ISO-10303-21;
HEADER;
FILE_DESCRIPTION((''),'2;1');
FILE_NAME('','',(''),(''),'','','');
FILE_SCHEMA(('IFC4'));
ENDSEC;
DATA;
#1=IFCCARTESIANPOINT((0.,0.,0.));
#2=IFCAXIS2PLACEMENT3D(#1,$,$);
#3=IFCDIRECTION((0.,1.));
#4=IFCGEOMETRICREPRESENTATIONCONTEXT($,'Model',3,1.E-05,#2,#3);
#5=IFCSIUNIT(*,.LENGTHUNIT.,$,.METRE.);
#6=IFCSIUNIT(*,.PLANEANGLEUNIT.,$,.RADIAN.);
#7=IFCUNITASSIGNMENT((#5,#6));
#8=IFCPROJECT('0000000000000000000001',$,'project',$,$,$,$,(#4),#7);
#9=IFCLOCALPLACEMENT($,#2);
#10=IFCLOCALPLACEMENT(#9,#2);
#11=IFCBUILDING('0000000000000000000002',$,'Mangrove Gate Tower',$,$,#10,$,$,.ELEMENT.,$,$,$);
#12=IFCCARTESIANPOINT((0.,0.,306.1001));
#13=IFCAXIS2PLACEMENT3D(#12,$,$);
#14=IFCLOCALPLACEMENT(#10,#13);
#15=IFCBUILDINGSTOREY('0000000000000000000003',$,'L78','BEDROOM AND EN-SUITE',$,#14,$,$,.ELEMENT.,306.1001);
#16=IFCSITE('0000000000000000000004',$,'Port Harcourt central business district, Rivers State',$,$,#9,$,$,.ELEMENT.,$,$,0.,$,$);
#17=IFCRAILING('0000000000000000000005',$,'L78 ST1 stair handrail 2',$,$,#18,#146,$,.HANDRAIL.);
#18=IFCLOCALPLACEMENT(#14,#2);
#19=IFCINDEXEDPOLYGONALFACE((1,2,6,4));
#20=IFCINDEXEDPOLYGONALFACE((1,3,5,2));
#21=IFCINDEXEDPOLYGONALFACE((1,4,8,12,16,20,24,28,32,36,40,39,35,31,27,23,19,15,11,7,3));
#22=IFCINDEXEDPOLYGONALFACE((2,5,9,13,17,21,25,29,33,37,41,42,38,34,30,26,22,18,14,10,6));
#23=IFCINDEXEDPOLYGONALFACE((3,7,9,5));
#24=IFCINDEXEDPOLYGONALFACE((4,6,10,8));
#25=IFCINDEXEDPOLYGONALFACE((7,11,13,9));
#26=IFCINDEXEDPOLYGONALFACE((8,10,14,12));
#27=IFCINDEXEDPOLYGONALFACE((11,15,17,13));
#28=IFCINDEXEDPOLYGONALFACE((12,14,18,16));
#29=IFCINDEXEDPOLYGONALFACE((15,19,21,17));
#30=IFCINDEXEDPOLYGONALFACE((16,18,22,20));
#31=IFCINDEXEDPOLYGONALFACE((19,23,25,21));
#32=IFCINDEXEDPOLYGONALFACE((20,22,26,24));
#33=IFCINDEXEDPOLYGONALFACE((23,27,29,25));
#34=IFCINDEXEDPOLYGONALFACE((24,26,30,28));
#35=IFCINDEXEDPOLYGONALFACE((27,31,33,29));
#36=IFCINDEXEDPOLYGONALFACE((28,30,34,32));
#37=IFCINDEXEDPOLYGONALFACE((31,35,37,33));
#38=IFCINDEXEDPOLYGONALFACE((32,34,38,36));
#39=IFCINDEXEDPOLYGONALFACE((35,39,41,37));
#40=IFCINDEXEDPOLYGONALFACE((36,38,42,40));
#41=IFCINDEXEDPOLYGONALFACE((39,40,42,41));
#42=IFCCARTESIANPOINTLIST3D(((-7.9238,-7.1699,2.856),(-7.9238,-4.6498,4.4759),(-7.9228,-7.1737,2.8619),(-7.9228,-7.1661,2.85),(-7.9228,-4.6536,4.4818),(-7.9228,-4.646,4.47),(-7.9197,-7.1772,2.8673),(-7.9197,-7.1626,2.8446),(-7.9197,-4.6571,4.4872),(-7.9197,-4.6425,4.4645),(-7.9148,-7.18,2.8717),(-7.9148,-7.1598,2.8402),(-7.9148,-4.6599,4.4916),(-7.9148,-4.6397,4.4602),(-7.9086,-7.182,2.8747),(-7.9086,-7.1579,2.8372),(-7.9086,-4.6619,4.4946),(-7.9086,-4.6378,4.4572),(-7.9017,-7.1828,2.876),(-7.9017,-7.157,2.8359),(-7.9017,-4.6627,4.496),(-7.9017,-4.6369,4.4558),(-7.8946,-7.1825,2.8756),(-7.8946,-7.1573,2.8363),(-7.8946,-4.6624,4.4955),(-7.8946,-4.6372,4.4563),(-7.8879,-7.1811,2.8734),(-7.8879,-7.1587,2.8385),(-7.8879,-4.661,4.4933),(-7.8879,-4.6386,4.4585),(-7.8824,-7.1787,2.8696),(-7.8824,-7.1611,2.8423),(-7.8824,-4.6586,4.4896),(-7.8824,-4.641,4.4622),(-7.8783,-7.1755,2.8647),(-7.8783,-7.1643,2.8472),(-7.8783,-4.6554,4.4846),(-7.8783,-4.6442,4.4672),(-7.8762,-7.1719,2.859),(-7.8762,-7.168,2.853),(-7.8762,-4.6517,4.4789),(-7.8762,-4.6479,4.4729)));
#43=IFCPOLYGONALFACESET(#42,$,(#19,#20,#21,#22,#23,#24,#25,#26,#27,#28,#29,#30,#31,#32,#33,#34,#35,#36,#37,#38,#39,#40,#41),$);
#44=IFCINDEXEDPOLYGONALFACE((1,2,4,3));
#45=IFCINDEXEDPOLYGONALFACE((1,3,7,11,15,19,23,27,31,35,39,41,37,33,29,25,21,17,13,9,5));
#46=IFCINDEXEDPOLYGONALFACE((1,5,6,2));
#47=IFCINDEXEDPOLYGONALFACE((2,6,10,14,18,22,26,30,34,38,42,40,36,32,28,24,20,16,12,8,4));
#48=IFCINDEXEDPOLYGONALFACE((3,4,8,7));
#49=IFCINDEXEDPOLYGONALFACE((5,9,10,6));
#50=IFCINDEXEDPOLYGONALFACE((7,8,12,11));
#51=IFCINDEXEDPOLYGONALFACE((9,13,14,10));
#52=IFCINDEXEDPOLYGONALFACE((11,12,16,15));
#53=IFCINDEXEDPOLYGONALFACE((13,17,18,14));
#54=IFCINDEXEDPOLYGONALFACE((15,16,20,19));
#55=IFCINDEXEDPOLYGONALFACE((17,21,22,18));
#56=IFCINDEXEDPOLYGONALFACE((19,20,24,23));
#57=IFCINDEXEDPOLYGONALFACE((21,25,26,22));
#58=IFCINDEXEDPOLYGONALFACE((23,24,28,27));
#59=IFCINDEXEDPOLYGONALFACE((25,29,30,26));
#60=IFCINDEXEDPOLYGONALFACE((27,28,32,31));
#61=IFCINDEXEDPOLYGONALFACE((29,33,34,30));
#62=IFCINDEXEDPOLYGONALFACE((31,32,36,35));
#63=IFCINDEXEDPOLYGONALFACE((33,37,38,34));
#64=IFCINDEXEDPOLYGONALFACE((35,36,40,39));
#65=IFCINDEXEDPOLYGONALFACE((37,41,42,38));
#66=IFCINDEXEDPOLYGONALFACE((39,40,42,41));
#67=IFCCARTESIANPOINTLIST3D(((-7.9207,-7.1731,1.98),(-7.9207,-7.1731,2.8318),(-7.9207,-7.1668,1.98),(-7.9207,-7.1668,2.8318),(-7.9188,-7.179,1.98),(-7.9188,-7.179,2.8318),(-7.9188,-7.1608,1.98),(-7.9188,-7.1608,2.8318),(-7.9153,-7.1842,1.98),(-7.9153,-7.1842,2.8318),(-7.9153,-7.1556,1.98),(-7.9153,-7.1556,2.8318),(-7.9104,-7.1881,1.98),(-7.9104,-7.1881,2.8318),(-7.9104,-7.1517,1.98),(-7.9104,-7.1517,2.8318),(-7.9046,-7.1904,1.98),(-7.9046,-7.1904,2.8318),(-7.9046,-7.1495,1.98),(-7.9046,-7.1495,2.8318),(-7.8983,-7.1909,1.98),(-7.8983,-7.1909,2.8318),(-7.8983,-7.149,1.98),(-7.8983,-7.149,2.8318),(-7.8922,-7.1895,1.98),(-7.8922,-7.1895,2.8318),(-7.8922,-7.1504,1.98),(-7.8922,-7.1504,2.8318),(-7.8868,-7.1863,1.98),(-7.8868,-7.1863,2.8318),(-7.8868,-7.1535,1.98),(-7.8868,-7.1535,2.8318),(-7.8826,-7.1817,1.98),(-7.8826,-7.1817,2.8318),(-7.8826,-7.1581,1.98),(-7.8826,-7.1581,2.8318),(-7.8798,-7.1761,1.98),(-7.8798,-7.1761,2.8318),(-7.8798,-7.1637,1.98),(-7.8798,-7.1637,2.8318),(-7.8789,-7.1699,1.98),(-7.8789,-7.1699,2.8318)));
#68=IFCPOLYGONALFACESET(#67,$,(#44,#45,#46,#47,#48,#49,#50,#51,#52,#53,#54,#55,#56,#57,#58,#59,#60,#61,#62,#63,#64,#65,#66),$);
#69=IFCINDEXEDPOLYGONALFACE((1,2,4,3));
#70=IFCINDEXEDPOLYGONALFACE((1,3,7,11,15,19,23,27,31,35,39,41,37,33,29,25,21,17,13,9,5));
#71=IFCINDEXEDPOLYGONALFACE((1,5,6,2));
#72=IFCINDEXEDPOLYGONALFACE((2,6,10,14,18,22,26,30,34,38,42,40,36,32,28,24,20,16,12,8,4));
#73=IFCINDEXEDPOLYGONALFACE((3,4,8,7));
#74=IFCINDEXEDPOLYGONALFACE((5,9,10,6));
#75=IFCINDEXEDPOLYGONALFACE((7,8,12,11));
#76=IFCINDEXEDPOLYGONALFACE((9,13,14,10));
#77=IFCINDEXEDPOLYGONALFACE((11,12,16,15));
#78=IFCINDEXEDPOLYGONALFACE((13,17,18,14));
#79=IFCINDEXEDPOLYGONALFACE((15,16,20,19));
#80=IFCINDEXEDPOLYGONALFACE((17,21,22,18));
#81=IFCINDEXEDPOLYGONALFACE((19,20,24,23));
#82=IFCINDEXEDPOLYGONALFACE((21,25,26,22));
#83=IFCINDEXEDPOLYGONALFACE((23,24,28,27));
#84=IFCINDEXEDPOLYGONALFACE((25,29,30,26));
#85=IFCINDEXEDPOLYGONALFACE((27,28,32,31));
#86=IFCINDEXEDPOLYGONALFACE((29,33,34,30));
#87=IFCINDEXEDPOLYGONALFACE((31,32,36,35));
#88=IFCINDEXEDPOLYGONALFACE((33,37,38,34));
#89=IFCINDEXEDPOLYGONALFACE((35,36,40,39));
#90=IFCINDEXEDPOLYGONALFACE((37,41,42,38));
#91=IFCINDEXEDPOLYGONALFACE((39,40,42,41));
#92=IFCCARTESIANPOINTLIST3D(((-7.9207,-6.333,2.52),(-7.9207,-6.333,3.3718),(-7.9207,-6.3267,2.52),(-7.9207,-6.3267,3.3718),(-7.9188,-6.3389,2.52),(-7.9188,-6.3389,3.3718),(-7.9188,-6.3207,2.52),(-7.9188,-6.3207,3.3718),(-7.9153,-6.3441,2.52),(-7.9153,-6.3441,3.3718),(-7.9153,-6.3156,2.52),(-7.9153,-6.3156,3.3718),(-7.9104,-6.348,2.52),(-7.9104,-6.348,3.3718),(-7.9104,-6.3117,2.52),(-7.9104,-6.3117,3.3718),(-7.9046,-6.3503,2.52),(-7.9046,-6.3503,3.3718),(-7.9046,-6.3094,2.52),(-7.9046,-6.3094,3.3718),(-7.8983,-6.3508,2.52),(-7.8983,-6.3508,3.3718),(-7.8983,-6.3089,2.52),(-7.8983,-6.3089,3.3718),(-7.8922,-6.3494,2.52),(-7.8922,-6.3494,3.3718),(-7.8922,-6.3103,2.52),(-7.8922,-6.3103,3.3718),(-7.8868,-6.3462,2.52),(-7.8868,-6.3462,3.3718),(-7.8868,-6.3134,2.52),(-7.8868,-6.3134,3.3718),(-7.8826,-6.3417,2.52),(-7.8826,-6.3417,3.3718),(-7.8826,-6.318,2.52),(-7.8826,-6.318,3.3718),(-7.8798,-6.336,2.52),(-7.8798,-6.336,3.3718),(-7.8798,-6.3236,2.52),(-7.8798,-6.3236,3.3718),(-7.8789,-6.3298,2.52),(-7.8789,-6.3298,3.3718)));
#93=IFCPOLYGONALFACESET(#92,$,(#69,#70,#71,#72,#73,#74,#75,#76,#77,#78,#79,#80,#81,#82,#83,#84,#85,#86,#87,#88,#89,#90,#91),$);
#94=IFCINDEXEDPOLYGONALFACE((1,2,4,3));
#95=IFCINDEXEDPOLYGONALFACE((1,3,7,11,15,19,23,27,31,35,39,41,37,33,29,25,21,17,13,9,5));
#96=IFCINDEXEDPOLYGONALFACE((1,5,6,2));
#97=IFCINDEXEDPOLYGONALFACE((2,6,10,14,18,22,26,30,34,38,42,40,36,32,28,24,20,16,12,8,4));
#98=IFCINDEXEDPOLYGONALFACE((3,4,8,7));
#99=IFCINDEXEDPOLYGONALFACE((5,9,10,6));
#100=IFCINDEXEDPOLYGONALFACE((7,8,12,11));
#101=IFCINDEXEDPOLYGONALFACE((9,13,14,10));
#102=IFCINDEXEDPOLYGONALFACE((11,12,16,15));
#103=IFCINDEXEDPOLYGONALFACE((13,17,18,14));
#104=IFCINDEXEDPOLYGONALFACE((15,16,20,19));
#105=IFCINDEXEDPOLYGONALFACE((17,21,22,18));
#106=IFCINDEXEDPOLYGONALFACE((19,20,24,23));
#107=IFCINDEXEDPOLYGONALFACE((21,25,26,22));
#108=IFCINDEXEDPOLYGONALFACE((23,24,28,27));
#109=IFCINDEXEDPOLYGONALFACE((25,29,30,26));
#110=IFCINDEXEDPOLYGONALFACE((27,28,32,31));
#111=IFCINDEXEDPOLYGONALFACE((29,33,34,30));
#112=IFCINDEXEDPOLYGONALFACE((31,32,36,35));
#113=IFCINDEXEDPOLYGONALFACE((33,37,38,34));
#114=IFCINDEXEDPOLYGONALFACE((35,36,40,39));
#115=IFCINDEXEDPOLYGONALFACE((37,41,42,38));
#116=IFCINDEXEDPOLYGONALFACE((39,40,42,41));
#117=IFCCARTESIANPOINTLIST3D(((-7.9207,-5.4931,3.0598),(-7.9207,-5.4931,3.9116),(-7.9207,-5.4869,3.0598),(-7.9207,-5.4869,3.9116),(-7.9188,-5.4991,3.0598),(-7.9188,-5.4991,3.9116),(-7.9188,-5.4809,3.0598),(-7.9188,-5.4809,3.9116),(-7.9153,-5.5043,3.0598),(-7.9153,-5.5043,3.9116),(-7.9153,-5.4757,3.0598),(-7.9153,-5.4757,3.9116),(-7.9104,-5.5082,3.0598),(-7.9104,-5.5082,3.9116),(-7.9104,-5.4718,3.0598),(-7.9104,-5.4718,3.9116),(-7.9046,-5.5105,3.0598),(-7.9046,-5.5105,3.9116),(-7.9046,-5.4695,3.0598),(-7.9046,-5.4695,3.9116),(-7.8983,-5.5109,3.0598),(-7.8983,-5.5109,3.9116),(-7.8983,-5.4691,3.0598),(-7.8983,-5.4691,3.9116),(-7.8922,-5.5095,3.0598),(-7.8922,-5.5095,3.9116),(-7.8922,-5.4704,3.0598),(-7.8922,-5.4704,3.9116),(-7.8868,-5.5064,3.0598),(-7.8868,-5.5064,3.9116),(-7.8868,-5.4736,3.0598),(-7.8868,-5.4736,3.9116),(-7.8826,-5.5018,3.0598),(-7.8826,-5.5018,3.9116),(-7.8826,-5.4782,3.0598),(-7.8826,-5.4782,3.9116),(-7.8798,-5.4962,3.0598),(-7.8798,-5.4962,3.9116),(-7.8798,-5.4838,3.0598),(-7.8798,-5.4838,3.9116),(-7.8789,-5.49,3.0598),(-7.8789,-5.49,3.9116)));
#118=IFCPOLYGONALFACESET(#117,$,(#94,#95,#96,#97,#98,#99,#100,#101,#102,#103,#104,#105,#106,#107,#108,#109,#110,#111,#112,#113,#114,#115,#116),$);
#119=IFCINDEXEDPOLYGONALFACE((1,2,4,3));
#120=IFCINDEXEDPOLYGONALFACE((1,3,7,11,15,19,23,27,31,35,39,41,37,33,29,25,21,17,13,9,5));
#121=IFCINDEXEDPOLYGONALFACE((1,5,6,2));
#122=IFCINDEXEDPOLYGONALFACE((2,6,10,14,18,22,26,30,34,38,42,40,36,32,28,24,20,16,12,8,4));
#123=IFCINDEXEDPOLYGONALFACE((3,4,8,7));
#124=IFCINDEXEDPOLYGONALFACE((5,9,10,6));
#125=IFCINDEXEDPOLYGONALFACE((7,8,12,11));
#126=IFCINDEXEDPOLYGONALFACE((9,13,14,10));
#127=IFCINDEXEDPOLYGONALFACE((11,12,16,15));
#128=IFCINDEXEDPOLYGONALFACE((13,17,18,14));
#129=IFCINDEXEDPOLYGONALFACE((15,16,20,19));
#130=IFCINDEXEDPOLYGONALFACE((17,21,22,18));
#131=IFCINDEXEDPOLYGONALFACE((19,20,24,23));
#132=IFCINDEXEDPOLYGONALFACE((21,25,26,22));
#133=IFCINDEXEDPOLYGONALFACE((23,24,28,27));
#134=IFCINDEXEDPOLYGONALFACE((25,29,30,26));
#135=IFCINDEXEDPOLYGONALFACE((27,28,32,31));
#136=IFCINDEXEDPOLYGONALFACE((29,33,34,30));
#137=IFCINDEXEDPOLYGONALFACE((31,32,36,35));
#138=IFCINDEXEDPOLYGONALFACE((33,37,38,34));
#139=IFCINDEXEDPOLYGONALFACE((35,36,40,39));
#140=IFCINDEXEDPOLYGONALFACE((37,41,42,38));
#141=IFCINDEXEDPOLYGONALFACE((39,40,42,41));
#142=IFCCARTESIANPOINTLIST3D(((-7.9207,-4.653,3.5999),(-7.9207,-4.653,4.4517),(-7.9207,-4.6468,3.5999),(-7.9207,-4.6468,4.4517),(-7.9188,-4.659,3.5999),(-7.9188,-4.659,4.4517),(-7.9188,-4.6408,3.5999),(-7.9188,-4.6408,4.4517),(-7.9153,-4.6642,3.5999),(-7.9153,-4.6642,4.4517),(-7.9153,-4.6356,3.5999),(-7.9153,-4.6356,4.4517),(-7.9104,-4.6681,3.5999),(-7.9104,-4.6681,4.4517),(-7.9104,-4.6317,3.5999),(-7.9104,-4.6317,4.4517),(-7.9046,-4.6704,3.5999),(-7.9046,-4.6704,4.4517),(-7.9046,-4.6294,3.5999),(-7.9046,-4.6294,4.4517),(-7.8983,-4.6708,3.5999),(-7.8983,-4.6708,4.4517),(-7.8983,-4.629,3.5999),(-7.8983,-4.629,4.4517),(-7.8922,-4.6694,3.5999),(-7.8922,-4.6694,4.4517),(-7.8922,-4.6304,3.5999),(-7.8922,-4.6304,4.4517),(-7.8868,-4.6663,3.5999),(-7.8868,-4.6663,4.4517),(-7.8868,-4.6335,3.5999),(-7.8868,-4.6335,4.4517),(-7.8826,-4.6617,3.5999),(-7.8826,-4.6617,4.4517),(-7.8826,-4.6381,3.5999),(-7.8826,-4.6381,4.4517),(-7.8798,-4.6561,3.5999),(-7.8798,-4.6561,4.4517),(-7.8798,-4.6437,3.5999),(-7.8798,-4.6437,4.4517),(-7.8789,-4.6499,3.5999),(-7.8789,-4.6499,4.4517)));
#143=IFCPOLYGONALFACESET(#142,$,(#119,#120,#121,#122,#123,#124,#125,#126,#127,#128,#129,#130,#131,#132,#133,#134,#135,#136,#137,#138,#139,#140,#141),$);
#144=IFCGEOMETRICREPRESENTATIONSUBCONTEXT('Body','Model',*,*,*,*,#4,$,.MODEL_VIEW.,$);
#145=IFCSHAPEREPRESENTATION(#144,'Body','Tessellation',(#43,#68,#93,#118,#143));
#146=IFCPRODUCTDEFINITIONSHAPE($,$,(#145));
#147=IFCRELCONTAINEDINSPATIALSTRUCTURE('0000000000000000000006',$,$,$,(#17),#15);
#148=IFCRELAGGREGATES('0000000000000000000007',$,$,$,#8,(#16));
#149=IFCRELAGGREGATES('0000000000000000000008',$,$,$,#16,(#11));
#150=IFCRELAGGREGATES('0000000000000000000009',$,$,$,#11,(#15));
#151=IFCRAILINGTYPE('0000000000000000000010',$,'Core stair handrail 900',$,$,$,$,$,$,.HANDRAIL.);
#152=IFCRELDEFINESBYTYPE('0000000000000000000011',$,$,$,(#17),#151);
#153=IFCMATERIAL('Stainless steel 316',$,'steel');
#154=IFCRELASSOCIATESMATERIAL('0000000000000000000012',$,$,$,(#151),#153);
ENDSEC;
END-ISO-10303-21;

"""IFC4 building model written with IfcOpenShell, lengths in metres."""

from ifc_helpers import new_model, si_unit, direction, frame, origin, origin_2d, place, context, subcontext, project, spatial, circle, extrude, material, type_object, element, save


model = new_model("IFC4")

# Units and contexts
model_context = context("Model", 3, precision=1e-05, world=origin(), true_north=direction((0.0, 1.0)))
body_context = subcontext(model_context, "Body", "Model", "MODEL_VIEW")
ifc_project = project(units=[si_unit("LENGTHUNIT", "METRE"), si_unit("PLANEANGLEUNIT", "RADIAN")], contexts=[model_context])

# Site, building, storey
site_placement = place(None, origin())
site = spatial("IfcSite", under=ifc_project, at=site_placement, Name="Port Harcourt central business district, Rivers State", CompositionType="ELEMENT", RefElevation=0.0)
building_placement = place(site_placement, origin())
building = spatial("IfcBuilding", under=site, at=building_placement, Name="Mangrove Gate Tower", CompositionType="ELEMENT")
storey_placement = place(building_placement, frame((0.0, 0.0, 306.1001)))
storey = spatial("IfcBuildingStorey", under=building, at=storey_placement, Name="L78", Description="BEDROOM AND EN-SUITE", CompositionType="ELEMENT", Elevation=306.1001)

# Railing
ifc_material_1 = material(Name="Stainless steel 316", Category="steel")
railing_type_1 = type_object("IfcRailingType", Name="Core stair handrail 900", PredefinedType="HANDRAIL", material=ifc_material_1)
railing_1_placement = place(storey_placement, frame((-7.8999, -7.1699, 1.98)))
element("IfcRailing", 1, at=railing_1_placement, inside=storey, type_object=railing_type_1, Name="L78 ST1 stair handrail 2", PredefinedType="HANDRAIL", context=body_context, shape_type="SweptSolid", body=[
    extrude(circle(Radius=0.0239, at=origin_2d()), frame((0.0, 0.0, 0.876), z_axis=(0.0, 0.8412, 0.540725), x_axis=(-1.0, 0.0, 0.0)), (0.0, 0.0, 1.0), 2.9958),
    extrude(circle(Radius=0.021, at=origin_2d()), origin(), (0.0, 0.0, 1.0), 0.8518),
    extrude(circle(Radius=0.021, at=origin_2d()), frame((0.0, 0.8401, 0.54)), (0.0, 0.0, 1.0), 0.8518),
    extrude(circle(Radius=0.021, at=origin_2d()), frame((0.0, 1.6799, 1.0798)), (0.0, 0.0, 1.0), 0.8518),
    extrude(circle(Radius=0.021, at=origin_2d()), frame((0.0, 2.52, 1.6199)), (0.0, 0.0, 1.0), 0.8518),
])

save(model, "model.ifc")
